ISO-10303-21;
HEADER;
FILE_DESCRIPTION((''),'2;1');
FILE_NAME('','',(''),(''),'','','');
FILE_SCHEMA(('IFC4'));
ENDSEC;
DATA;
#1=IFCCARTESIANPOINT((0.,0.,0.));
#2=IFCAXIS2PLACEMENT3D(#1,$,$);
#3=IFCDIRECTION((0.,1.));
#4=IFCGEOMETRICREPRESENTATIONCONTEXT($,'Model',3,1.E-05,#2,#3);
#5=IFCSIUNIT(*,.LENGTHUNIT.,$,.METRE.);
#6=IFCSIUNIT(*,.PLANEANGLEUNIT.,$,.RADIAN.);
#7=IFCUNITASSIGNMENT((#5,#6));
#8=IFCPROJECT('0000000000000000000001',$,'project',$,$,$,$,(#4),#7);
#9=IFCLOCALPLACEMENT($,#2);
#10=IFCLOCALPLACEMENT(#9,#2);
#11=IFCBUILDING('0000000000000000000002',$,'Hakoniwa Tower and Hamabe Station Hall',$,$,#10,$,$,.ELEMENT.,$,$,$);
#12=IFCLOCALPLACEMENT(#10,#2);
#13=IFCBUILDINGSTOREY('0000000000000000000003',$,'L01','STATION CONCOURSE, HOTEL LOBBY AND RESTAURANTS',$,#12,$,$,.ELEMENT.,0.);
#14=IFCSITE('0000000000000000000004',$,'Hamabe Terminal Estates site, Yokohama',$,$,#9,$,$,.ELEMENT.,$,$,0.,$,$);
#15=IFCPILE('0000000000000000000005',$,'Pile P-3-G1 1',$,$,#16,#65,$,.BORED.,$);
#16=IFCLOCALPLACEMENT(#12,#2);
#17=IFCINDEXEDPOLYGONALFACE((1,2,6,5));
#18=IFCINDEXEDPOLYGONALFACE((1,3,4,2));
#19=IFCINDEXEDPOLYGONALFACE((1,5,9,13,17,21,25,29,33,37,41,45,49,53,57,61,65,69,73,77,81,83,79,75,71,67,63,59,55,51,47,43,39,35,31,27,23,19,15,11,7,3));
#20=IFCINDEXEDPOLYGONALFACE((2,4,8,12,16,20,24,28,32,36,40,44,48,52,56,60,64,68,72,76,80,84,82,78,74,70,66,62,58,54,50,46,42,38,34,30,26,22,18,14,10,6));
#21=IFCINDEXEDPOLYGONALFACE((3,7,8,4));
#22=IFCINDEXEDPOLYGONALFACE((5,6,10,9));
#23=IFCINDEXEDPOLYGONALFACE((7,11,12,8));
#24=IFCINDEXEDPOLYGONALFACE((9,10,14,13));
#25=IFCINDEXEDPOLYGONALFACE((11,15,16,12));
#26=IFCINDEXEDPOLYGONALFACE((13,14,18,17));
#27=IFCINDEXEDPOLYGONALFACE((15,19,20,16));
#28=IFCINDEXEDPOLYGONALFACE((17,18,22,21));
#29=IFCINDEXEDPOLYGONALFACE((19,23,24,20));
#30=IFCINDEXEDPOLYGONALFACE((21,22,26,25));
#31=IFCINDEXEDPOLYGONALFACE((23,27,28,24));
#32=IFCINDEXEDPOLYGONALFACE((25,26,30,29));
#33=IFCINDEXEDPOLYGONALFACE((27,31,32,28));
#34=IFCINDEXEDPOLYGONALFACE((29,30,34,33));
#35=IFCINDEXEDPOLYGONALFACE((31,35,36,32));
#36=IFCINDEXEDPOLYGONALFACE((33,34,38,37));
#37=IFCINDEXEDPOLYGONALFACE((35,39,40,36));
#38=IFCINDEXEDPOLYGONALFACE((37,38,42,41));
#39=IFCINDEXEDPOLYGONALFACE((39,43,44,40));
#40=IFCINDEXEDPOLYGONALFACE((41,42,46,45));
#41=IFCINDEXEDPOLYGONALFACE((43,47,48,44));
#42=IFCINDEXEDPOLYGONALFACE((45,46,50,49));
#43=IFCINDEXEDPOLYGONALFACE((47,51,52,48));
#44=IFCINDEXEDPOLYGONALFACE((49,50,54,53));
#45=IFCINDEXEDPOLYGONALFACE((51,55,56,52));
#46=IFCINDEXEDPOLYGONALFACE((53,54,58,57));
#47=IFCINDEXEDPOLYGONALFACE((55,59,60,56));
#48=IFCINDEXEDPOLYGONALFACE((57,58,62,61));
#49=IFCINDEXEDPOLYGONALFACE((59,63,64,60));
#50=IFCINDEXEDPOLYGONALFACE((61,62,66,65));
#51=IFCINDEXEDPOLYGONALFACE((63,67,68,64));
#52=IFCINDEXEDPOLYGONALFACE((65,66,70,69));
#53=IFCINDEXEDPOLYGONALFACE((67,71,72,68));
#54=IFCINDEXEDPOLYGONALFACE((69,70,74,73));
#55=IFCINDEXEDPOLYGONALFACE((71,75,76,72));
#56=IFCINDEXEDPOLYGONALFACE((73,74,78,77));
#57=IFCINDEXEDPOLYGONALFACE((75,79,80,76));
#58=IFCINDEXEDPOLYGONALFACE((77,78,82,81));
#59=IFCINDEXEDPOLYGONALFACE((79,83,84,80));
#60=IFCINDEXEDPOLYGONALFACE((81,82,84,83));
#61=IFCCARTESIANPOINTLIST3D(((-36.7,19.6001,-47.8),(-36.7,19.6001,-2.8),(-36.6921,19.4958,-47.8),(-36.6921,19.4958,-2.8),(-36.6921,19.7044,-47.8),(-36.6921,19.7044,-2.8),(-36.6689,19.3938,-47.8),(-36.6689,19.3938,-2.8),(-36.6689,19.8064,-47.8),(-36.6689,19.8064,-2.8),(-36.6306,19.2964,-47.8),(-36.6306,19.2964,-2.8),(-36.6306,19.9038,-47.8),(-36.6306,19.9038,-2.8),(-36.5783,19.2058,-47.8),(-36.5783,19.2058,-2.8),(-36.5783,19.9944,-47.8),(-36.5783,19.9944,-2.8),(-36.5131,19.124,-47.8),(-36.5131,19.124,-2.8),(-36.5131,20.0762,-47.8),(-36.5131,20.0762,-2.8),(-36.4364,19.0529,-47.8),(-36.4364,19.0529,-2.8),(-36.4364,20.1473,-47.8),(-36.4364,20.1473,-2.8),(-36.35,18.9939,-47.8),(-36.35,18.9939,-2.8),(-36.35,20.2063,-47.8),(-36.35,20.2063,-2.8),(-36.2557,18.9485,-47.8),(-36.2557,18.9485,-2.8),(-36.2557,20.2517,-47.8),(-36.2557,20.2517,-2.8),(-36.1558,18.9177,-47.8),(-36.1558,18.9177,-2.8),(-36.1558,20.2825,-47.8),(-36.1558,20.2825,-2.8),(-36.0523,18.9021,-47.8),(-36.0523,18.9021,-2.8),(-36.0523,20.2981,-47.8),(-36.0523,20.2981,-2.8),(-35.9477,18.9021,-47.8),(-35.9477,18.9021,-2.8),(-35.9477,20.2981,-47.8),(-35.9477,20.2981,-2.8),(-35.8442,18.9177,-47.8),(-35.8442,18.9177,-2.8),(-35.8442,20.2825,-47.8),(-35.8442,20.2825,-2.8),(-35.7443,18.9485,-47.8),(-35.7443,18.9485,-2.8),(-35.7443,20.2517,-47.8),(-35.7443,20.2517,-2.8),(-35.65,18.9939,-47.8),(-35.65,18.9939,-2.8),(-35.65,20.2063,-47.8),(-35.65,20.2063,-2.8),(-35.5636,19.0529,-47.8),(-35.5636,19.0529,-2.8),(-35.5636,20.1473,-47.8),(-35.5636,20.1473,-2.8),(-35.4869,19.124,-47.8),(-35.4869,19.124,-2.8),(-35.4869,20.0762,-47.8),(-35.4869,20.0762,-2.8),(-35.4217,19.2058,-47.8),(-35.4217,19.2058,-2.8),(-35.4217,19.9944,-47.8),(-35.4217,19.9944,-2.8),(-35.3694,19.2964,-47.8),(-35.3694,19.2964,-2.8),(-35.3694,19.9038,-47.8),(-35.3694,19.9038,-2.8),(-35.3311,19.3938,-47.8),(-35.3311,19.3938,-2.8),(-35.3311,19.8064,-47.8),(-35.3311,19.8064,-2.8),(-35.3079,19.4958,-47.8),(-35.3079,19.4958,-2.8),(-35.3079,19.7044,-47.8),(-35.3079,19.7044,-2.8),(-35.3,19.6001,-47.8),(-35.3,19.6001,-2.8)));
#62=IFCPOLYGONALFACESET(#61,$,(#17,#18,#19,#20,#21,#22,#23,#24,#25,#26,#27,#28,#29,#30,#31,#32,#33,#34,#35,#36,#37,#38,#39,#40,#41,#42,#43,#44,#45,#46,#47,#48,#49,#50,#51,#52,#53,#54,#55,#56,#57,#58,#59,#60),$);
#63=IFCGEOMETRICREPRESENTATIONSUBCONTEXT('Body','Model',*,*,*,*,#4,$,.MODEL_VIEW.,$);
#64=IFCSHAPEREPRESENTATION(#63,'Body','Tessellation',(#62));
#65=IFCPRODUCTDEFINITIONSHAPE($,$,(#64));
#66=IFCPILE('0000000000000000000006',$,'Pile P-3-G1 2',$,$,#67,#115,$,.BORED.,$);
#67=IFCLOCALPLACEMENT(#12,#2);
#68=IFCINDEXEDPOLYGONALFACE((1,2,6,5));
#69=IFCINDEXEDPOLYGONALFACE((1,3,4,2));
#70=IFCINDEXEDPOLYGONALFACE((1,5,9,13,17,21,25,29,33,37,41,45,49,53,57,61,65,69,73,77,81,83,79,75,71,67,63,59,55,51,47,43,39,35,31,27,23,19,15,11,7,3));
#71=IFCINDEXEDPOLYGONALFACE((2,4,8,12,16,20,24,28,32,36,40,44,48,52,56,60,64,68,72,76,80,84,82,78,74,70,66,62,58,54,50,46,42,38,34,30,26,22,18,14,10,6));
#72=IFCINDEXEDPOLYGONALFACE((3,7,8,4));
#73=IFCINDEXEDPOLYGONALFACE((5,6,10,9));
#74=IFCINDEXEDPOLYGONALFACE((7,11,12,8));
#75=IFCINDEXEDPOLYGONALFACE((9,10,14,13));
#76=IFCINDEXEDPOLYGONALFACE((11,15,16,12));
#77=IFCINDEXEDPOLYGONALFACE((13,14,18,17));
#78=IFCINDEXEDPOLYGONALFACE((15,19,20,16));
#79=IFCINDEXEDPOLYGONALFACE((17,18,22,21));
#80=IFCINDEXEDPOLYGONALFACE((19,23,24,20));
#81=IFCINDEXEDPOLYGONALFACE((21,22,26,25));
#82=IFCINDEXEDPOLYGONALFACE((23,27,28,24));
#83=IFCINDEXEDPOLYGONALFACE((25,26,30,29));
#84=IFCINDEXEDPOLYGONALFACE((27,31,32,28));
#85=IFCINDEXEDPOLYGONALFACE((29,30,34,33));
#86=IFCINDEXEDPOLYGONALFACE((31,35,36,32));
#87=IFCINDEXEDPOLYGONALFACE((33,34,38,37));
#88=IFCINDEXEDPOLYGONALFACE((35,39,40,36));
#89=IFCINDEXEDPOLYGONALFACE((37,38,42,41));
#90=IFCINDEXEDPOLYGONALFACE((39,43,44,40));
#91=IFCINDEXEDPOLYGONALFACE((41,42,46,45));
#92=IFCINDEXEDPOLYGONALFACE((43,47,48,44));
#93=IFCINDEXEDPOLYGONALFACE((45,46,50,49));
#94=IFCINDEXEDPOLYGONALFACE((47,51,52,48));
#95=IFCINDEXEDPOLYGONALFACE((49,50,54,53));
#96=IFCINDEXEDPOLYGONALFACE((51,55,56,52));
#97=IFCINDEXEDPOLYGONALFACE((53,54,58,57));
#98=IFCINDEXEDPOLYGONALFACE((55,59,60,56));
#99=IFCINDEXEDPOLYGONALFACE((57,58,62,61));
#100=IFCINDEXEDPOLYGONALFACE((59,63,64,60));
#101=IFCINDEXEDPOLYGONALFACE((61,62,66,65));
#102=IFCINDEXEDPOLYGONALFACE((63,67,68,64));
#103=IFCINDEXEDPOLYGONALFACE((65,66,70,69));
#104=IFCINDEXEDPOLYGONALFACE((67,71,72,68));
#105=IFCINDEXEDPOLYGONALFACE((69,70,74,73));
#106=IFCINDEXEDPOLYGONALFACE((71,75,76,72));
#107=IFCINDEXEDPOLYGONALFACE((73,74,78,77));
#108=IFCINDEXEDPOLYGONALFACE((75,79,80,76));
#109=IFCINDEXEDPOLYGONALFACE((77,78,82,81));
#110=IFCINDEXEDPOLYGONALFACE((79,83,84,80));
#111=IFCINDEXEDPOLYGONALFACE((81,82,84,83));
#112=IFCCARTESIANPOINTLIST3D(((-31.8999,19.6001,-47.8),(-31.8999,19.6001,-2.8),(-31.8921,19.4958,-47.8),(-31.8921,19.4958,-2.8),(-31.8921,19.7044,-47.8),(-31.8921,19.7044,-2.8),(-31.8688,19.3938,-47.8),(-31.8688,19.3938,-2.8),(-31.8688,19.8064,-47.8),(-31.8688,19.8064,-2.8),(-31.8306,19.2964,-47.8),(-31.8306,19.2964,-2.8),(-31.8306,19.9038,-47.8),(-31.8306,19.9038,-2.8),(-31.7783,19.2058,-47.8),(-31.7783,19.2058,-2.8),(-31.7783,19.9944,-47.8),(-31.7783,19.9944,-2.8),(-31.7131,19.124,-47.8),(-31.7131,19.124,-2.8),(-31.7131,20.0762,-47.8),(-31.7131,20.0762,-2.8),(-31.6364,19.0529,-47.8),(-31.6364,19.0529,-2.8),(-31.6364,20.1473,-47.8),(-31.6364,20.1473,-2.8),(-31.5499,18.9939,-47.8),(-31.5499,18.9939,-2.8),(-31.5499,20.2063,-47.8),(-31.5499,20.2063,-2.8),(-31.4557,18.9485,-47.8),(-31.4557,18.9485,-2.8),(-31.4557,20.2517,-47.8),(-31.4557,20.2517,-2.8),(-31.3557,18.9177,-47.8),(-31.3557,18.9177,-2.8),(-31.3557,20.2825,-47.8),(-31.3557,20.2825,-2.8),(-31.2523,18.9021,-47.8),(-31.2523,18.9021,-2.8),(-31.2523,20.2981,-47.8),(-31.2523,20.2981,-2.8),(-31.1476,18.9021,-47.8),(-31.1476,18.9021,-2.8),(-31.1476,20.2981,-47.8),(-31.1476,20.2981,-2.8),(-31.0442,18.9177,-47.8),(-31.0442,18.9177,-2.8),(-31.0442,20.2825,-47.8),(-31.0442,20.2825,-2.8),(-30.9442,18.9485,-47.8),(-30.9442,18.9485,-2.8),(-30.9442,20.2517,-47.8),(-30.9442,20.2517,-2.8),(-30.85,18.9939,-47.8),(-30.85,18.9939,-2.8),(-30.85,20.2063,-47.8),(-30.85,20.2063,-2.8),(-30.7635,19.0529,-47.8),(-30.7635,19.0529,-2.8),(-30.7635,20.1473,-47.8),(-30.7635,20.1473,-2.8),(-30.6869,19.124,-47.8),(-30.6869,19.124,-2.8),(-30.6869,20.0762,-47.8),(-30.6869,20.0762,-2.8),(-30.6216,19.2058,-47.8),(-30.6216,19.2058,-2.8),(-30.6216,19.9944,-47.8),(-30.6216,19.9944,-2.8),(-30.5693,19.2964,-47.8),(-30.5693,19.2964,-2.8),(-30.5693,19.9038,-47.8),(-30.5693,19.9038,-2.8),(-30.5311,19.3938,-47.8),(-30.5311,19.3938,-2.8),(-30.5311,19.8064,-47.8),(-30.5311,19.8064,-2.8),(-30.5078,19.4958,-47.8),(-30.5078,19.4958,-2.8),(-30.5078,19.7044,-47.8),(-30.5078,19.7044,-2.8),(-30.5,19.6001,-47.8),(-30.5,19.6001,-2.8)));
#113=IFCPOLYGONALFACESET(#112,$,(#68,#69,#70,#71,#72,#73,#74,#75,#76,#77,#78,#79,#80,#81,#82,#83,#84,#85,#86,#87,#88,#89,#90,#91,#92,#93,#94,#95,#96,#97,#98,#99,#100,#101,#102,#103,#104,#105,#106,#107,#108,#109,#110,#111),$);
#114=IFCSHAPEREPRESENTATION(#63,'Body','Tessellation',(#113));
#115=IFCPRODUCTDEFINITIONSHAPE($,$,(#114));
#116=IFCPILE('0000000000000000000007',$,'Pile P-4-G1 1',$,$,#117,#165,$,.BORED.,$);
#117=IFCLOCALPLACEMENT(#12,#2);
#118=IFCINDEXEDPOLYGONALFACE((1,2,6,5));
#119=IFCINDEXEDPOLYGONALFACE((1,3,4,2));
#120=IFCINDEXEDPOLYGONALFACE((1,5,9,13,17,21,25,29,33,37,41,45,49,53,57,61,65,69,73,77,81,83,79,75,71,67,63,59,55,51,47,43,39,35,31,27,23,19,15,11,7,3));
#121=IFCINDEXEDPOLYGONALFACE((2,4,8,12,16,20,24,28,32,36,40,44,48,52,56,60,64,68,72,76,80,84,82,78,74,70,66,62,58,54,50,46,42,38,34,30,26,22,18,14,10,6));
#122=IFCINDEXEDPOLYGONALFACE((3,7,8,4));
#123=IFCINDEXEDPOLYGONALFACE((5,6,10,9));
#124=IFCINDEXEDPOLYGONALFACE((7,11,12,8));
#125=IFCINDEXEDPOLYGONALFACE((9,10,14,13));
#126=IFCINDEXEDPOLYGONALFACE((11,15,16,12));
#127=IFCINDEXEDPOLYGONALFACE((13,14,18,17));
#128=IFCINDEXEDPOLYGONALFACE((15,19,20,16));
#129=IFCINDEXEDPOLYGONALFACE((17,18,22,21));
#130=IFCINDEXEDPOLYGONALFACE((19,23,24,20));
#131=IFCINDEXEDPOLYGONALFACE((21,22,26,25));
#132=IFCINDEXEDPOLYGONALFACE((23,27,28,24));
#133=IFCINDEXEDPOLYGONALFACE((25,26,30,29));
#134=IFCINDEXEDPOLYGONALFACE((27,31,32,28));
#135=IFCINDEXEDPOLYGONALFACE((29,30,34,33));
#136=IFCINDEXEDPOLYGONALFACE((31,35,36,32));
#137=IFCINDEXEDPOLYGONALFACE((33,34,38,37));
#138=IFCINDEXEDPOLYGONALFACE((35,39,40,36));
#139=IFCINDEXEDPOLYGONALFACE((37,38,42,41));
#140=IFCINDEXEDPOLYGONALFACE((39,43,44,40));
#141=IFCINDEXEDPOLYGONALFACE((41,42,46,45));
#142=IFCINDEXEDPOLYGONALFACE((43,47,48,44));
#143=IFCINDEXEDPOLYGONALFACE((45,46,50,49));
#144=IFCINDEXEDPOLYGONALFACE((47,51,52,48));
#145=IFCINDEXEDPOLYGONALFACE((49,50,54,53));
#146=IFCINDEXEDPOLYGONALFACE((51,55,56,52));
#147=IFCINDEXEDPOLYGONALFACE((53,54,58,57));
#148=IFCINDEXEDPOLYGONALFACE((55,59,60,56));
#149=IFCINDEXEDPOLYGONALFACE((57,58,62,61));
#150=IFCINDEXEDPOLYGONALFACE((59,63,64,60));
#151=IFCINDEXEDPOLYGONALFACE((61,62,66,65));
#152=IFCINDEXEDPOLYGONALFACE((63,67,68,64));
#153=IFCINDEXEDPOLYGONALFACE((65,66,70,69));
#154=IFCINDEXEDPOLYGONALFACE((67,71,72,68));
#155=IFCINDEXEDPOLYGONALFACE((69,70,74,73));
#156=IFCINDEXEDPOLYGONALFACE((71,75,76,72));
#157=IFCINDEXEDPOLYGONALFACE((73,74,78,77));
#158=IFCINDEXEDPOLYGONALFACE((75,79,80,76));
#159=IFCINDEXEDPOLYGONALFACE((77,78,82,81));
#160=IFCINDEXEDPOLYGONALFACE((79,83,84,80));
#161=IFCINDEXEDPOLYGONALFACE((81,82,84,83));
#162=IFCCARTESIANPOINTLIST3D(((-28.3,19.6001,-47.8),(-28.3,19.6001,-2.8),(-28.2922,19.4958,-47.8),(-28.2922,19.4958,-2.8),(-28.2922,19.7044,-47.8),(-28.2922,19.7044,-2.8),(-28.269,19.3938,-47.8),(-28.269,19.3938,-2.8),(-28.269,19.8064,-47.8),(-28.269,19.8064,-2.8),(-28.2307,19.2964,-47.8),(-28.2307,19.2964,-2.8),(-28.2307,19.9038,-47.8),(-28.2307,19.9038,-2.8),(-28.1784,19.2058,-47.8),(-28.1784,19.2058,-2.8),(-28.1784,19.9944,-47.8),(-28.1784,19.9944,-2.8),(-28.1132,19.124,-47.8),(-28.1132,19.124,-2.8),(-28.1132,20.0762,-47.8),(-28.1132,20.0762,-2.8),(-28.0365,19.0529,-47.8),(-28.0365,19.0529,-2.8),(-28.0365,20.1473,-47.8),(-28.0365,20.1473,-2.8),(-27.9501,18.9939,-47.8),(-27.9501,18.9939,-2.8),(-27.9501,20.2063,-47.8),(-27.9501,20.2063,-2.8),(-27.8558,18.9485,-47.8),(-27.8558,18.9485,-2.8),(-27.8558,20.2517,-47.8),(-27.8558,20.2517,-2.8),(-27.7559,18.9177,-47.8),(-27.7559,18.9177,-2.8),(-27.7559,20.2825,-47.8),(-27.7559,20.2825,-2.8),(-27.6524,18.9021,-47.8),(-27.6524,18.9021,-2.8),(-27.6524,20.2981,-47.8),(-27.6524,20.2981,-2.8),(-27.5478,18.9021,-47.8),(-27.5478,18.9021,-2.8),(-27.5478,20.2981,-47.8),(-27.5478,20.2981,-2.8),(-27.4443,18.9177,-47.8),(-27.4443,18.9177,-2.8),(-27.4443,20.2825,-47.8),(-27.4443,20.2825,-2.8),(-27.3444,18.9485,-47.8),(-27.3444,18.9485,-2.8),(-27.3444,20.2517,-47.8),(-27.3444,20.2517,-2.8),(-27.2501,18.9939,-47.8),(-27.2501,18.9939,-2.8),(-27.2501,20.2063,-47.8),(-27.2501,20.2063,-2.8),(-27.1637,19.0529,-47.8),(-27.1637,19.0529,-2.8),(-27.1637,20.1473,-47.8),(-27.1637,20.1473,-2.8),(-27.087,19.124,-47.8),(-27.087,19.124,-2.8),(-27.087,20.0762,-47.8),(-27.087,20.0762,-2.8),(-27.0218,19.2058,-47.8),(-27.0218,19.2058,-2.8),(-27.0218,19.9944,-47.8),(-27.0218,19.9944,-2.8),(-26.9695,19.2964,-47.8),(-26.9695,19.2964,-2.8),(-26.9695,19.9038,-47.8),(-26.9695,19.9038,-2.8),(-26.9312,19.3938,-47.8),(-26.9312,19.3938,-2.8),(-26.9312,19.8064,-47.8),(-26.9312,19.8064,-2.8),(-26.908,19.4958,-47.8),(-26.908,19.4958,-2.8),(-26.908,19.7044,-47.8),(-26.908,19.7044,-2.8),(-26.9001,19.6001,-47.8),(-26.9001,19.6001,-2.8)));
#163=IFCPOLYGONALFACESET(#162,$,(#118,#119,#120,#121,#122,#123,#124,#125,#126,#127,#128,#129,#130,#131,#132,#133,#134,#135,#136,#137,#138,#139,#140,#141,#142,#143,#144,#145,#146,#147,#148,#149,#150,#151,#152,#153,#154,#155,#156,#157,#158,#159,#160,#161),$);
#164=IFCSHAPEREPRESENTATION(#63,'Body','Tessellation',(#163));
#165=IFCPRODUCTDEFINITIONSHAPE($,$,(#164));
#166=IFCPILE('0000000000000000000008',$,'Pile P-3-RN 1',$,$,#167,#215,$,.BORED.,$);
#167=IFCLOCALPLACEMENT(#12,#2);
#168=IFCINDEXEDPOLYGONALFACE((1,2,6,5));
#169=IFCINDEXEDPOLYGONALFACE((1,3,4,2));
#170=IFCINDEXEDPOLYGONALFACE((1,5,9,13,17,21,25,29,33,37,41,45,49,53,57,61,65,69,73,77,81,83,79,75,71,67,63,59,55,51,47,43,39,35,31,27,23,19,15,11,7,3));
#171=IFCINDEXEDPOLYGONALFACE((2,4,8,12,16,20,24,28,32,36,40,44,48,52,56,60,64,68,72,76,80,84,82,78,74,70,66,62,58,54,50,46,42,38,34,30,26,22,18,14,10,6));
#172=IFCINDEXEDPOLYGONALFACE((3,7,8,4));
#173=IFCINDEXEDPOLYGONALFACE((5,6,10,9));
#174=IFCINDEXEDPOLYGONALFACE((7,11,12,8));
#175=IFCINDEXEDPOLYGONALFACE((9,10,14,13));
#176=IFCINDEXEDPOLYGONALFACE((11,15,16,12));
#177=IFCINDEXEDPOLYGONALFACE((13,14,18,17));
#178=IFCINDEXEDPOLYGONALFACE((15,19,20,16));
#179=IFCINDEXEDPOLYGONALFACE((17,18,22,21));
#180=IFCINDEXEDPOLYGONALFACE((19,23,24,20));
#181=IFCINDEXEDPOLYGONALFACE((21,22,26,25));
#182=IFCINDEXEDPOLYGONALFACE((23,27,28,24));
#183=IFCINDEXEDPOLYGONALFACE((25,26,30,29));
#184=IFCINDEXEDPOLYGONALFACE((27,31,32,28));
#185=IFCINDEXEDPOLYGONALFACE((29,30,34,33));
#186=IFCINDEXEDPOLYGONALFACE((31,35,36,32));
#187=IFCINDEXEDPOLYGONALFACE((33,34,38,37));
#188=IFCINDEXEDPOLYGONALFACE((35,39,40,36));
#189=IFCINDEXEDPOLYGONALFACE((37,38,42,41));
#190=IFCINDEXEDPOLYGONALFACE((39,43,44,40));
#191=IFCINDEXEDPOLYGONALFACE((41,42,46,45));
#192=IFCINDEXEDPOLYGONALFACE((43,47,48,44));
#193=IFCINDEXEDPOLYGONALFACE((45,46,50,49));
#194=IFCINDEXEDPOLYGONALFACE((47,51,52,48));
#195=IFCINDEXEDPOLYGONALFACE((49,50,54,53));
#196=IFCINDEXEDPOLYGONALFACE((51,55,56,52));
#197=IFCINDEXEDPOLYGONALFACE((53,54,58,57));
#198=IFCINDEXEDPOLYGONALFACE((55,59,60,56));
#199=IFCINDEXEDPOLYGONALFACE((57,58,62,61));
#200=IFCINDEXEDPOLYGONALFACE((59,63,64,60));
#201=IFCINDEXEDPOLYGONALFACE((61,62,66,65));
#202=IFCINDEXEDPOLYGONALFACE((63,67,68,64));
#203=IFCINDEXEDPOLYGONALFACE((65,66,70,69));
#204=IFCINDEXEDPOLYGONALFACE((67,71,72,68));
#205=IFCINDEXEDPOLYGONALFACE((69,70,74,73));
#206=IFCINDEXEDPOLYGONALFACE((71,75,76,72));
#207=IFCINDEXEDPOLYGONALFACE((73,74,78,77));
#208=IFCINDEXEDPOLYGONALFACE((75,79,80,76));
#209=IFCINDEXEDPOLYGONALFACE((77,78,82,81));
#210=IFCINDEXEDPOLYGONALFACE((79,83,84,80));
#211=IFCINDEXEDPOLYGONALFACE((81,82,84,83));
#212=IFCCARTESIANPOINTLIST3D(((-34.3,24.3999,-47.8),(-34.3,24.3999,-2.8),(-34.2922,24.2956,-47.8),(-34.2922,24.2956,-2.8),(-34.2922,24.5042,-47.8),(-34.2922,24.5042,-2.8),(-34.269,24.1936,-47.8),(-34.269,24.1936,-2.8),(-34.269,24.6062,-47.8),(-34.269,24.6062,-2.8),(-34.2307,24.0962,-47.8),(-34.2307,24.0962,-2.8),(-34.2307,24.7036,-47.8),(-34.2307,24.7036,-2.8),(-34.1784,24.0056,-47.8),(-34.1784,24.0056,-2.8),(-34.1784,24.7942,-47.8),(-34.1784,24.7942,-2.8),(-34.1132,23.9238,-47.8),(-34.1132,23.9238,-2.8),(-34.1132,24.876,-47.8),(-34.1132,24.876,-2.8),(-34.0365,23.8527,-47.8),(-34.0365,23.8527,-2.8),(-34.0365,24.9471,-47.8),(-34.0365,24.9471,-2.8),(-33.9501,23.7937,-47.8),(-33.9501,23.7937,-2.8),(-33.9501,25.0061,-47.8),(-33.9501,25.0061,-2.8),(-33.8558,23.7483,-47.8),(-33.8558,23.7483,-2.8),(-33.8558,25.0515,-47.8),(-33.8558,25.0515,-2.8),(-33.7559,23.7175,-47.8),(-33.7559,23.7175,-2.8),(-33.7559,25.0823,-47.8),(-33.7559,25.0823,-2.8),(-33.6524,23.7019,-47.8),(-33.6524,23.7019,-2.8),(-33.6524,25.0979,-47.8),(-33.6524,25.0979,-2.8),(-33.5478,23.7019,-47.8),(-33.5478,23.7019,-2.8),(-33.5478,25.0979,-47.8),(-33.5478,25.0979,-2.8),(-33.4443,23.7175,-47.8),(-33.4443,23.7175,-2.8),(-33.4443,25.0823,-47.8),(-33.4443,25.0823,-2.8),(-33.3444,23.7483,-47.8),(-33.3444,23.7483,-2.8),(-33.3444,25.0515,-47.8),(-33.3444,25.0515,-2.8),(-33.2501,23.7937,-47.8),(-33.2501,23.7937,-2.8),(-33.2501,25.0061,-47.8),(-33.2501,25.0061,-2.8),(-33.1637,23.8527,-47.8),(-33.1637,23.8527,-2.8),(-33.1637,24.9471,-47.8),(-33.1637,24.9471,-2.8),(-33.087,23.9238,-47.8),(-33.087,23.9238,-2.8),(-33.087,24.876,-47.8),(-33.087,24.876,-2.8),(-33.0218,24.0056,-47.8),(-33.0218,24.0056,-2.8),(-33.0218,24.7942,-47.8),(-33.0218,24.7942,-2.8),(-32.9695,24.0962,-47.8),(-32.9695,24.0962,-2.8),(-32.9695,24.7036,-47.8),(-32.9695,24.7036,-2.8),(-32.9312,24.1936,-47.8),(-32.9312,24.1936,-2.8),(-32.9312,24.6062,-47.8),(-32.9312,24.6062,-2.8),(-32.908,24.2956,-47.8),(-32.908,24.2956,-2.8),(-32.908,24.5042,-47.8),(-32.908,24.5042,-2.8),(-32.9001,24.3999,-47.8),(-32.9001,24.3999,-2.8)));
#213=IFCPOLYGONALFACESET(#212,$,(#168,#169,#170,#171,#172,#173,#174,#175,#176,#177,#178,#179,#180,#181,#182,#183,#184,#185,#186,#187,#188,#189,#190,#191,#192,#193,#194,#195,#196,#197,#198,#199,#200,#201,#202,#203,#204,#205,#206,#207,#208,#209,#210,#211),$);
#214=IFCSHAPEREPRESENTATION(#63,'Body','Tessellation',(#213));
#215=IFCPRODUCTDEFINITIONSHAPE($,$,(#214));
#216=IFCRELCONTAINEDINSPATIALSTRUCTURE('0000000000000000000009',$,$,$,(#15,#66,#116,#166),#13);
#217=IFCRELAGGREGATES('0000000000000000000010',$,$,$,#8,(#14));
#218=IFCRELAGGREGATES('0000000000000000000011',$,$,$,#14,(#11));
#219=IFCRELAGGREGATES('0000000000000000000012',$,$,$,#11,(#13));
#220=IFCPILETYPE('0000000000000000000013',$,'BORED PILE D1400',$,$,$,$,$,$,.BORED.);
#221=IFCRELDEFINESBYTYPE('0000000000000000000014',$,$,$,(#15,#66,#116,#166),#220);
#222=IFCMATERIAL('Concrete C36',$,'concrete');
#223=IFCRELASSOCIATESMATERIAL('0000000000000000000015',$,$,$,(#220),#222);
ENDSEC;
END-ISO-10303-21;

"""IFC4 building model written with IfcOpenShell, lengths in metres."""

from ifc_helpers import new_model, si_unit, direction, frame, origin, origin_2d, place, context, subcontext, project, spatial, circle, extrude, material, material_profile, profile_set, type_object, element, save


model = new_model("IFC4")

# Units and contexts
model_context = context("Model", 3, precision=1e-05, world=origin(), true_north=direction((0.0, 1.0)))
body_context = subcontext(model_context, "Body", "Model", "MODEL_VIEW")
ifc_project = project(units=[si_unit("LENGTHUNIT", "METRE"), si_unit("PLANEANGLEUNIT", "RADIAN")], contexts=[model_context])

# Site, building, storey
site_placement = place(None, origin())
site = spatial("IfcSite", under=ifc_project, at=site_placement, Name="Hamabe Terminal Estates site, Yokohama", CompositionType="ELEMENT", RefElevation=0.0)
building_placement = place(site_placement, origin())
building = spatial("IfcBuilding", under=site, at=building_placement, Name="Hakoniwa Tower and Hamabe Station Hall", CompositionType="ELEMENT")
storey_placement = place(building_placement, origin())
storey = spatial("IfcBuildingStorey", under=building, at=storey_placement, Name="L01", Description="STATION CONCOURSE, HOTEL LOBBY AND RESTAURANTS", CompositionType="ELEMENT", Elevation=0.0)

# Piles
ifc_material_1 = material(Name="Concrete C36", Category="concrete")
ifc_material_profile_1 = material_profile(ifc_material_1, circle(Radius=0.7, at=origin_2d()), Name="BORED PILE D1400")
ifc_profile_set_1 = profile_set([ifc_material_profile_1], Name="Concrete C36")
pile_type = type_object("IfcPileType", Name="BORED PILE D1400", PredefinedType="BORED", material=ifc_profile_set_1)
for number, where, z_axis, x_axis, name in (
    (1, (-36.0, 19.6001, -2.8), (0.0, 0.0, -1.0), (1.0, 0.0, 0.0), "Pile P-3-G1 1"),
    (2, (-31.2, 19.6001, -2.8), (0.0, 0.0, -1.0), (1.0, 0.0, 0.0), "Pile P-3-G1 2"),
    (3, (-27.6001, 19.6001, -2.8), (0.0, 0.0, -1.0), (1.0, 0.0, 0.0), "Pile P-4-G1 1"),
    (4, (-33.6001, 24.3999, -2.8), (0.0, 0.0, -1.0), (1.0, 0.0, 0.0), "Pile P-3-RN 1"),
):
    element("IfcPile", number, at=place(storey_placement, frame(where, z_axis=z_axis, x_axis=x_axis)), inside=storey, type_object=pile_type, Name=name, PredefinedType="BORED", context=body_context, shape_type="SweptSolid", body=[
        extrude(circle(Radius=0.7, at=origin_2d()), origin(), (0.0, 0.0, 1.0), 45.0),
    ])

save(model, "model.ifc")
